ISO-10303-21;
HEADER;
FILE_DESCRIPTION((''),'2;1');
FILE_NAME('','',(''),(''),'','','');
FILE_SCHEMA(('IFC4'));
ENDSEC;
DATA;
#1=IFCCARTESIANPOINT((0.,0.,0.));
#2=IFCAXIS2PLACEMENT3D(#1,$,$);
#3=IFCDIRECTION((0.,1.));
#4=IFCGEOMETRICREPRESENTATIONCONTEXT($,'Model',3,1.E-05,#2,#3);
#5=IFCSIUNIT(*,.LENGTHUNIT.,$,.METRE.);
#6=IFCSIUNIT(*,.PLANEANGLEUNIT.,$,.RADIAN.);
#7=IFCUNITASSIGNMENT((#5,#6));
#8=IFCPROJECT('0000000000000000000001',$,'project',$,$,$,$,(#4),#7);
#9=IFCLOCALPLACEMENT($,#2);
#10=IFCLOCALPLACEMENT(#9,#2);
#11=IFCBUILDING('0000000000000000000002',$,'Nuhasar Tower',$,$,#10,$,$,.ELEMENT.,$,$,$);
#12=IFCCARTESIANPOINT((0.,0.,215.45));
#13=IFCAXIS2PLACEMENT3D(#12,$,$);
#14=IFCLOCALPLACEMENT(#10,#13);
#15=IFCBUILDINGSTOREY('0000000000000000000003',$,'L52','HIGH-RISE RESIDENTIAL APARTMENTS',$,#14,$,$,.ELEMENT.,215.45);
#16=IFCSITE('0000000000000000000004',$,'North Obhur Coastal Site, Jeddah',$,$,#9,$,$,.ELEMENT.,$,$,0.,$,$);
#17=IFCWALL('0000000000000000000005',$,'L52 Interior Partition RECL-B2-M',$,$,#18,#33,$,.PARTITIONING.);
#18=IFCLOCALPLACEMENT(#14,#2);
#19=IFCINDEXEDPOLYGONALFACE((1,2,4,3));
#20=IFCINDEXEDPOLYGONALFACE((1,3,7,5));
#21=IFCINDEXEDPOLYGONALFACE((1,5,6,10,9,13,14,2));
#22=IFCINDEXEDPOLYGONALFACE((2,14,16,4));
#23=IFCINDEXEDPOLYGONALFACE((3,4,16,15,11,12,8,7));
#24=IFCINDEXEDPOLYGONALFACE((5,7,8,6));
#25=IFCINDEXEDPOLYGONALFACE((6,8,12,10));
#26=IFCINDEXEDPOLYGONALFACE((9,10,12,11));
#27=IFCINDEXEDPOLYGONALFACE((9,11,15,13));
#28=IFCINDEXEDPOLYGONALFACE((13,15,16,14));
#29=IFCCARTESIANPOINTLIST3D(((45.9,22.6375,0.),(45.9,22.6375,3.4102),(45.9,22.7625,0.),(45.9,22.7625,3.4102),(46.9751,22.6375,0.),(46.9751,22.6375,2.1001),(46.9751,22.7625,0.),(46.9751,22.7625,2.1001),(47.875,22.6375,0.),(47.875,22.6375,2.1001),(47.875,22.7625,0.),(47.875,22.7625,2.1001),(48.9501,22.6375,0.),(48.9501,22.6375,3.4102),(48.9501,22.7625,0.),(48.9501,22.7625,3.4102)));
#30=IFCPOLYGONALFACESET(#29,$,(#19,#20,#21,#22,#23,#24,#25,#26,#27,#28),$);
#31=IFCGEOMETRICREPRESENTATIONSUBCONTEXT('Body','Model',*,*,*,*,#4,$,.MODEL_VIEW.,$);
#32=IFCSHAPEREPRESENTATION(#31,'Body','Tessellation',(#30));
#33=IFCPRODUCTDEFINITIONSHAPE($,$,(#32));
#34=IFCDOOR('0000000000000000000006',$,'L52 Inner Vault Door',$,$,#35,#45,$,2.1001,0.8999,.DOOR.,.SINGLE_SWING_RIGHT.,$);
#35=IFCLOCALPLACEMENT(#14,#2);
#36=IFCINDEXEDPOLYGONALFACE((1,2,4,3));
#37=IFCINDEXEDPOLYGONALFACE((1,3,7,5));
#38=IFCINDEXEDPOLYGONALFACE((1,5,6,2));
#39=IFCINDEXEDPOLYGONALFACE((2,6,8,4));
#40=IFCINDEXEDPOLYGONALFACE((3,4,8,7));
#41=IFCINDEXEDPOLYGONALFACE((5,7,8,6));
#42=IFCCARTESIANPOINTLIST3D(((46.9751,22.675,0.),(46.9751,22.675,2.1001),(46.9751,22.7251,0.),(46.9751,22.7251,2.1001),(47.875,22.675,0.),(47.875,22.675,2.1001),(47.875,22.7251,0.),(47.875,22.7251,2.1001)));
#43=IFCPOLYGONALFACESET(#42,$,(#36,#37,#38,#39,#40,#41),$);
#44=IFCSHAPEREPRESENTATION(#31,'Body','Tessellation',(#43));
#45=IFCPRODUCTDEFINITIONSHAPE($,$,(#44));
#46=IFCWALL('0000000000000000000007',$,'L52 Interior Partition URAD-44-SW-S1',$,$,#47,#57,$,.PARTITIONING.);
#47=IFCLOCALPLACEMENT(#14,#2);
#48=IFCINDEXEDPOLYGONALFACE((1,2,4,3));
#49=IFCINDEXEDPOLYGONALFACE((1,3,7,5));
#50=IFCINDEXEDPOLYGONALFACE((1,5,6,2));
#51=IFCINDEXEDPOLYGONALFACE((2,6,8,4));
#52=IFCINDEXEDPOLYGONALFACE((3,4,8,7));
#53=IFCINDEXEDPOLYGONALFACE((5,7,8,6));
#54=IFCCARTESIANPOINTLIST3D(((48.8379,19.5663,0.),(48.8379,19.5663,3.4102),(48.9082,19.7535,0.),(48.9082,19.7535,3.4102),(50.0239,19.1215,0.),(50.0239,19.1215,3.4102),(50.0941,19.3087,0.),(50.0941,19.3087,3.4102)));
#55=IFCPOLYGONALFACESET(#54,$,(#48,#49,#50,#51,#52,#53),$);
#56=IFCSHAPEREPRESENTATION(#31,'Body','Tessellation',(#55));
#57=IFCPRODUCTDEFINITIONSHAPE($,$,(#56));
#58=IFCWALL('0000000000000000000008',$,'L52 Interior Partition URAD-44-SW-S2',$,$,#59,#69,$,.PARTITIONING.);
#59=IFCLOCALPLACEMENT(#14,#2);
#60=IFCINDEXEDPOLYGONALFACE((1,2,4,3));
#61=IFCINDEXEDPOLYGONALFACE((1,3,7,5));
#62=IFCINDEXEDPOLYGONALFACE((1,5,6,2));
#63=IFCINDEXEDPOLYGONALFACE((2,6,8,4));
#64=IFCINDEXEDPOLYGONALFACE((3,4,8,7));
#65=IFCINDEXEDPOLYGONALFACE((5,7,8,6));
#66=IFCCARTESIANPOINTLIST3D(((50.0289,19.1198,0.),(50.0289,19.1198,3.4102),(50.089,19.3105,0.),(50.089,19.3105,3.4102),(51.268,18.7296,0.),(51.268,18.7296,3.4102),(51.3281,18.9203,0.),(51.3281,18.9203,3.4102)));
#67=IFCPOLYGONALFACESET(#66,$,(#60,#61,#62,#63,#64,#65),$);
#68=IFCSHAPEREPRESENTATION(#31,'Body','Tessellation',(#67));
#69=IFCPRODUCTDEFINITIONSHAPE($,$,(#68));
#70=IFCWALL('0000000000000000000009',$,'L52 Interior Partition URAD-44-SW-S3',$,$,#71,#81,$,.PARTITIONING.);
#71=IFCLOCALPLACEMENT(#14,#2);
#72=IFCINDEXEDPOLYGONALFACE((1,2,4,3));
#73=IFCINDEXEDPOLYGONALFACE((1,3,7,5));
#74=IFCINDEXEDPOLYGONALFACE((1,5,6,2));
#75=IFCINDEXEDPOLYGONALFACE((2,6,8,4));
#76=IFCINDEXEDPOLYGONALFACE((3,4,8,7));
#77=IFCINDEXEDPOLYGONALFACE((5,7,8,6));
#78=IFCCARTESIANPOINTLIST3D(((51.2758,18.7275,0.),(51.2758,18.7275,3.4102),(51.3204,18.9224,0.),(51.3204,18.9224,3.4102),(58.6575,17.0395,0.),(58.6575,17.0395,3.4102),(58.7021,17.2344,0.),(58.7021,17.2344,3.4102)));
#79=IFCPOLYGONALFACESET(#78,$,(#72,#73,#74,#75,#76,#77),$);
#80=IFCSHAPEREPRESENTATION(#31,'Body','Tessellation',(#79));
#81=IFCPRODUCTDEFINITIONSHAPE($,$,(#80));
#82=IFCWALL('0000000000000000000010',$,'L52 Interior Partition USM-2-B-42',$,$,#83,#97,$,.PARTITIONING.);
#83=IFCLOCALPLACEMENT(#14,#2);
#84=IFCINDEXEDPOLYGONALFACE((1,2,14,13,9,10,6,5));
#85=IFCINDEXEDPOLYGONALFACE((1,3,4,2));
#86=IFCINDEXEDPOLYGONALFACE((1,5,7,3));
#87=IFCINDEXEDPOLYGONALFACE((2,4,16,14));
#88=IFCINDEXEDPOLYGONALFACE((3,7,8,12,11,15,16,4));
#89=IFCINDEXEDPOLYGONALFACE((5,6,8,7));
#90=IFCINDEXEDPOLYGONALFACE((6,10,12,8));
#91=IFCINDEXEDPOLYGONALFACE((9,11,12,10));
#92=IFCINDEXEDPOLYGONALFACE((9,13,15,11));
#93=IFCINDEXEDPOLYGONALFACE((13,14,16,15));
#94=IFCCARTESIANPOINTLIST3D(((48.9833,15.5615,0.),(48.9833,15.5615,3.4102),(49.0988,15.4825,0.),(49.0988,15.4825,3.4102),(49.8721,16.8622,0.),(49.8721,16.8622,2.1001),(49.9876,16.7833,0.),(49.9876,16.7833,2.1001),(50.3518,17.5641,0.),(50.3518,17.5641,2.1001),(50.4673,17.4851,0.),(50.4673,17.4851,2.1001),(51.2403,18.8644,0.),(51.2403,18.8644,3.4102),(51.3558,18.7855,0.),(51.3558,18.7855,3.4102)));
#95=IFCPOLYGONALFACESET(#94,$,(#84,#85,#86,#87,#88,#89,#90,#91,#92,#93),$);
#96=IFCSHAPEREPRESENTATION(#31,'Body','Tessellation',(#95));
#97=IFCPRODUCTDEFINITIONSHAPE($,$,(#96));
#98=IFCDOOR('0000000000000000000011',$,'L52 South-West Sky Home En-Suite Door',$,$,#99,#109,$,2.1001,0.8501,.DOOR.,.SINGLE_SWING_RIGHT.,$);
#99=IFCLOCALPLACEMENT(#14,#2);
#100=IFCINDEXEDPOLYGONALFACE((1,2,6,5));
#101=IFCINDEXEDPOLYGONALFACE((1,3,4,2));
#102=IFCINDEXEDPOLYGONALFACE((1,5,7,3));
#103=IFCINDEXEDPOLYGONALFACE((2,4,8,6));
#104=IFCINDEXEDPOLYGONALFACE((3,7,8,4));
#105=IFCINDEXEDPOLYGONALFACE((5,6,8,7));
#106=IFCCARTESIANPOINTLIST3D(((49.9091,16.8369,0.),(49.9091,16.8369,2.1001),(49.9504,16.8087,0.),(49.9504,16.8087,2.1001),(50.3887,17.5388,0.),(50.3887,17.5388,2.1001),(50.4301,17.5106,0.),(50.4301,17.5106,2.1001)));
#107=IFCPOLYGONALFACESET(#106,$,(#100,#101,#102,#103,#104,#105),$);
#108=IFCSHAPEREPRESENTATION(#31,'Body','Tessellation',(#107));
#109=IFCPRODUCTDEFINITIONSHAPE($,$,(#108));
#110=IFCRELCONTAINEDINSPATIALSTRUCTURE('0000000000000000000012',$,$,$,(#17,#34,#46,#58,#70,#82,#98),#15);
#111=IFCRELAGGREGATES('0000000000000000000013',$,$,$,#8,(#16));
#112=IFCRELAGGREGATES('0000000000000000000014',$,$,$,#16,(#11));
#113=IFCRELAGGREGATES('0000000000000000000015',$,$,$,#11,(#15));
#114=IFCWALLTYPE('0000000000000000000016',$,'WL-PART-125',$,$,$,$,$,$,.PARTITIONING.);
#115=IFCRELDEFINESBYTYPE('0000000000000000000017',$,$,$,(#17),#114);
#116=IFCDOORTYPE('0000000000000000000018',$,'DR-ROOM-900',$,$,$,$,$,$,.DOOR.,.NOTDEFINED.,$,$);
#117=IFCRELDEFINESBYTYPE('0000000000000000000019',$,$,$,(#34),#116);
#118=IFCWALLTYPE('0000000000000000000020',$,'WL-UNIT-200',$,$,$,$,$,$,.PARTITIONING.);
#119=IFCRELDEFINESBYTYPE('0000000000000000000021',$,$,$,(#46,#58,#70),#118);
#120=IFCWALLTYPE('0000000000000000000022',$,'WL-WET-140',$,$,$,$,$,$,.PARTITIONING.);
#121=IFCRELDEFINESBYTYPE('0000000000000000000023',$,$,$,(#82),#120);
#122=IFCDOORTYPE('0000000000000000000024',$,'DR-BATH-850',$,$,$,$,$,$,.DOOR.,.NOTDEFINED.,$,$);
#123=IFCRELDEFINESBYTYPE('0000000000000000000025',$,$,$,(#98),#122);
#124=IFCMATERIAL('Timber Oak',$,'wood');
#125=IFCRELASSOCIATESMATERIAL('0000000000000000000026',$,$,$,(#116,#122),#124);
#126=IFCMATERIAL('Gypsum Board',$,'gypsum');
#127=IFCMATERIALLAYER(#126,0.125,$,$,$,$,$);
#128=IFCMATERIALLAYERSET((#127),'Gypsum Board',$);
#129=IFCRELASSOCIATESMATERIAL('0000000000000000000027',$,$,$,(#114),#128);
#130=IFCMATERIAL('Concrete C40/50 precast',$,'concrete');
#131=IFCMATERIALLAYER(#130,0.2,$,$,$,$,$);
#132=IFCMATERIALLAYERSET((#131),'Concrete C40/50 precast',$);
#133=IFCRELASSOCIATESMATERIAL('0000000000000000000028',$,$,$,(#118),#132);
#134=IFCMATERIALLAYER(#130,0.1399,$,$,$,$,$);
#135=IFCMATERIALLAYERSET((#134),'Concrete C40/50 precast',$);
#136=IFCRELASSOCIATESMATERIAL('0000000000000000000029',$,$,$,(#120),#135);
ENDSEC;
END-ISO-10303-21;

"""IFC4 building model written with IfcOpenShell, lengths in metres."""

from ifc_helpers import new_model, si_unit, direction, frame, frame_2d, origin, place, context, subcontext, project, spatial, rectangle, extrude, material, layer, layer_set, type_object, element, fill, save


model = new_model("IFC4")

# Units and contexts
model_context = context("Model", 3, precision=1e-05, world=origin(), true_north=direction((0.0, 1.0)))
body_context = subcontext(model_context, "Body", "Model", "MODEL_VIEW")
ifc_project = project(units=[si_unit("LENGTHUNIT", "METRE"), si_unit("PLANEANGLEUNIT", "RADIAN")], contexts=[model_context])

# Site, building, storey
site_placement = place(None, origin())
site = spatial("IfcSite", under=ifc_project, at=site_placement, Name="North Obhur Coastal Site, Jeddah", CompositionType="ELEMENT", RefElevation=0.0)
building_placement = place(site_placement, origin())
building = spatial("IfcBuilding", under=site, at=building_placement, Name="Nuhasar Tower", CompositionType="ELEMENT")
storey_placement = place(building_placement, frame((0.0, 0.0, 215.45)))
storey = spatial("IfcBuildingStorey", under=building, at=storey_placement, Name="L52", Description="HIGH-RISE RESIDENTIAL APARTMENTS", CompositionType="ELEMENT", Elevation=215.45)

# Shared definitions
ifc_material_1 = material(Name="Gypsum Board", Category="gypsum")

# Shared definitions
ifc_material_2 = material(Name="Timber Oak", Category="wood")
door_type_1 = type_object("IfcDoorType", Name="DR-ROOM-900", OperationType="NOTDEFINED", PredefinedType="DOOR", material=ifc_material_2)

# Wall, opening, door
ifc_layer_1 = layer(ifc_material_1, 0.125)
ifc_layer_set_1 = layer_set([ifc_layer_1], Name="Gypsum Board")
wall_type_1 = type_object("IfcWallType", Name="WL-PART-125", PredefinedType="PARTITIONING", material=ifc_layer_set_1)
wall_1_placement = place(storey_placement, frame((48.95, 22.7, 0.0), z_axis=(0.0, 0.0, 1.0), x_axis=(-1.0, 0.0, 0.0)))
wall_1 = element("IfcWall", 1, at=wall_1_placement, inside=storey, type_object=wall_type_1, Name="L52 Interior Partition RECL-B2-M", PredefinedType="PARTITIONING", context=body_context, shape_type="SweptSolid", body=[
    extrude(rectangle(XDim=3.05, YDim=0.125, at=frame_2d((1.5249, 0.0))), origin(), (0.0, 0.0, 1.0), 3.4102),
])
opening_1_placement = place(wall_1_placement, frame((1.075, 0.0, 0.0)))
opening_1 = element("IfcOpeningElement", 2, at=opening_1_placement, cuts=wall_1, PredefinedType="OPENING", context=body_context, shape_type="SweptSolid", body=[
    extrude(rectangle(XDim=0.8999, YDim=2.1001, at=frame_2d((0.45, 1.05))), frame((0.0, 0.0725, 0.0), z_axis=(0.0, -1.0, 0.0), x_axis=(1.0, 0.0, 0.0)), (0.0, 0.0, 1.0), 0.145),
])
door_1_placement = place(opening_1_placement, origin())
door_1 = element("IfcDoor", 3, at=door_1_placement, inside=storey, type_object=door_type_1, Name="L52 Inner Vault Door", OperationType="SINGLE_SWING_RIGHT", OverallHeight=2.1001, OverallWidth=0.8999, PredefinedType="DOOR", context=body_context, shape_type="SweptSolid", body=[
    extrude(rectangle(XDim=0.8999, YDim=2.1001, at=frame_2d((0.45, 1.05))), frame((0.0, 0.0249, 0.0), z_axis=(0.0, -1.0, 0.0), x_axis=(1.0, 0.0, 0.0)), (0.0, 0.0, 1.0), 0.05),
])
fill(opening_1, door_1)

# Walls
ifc_material_3 = material(Name="Concrete C40/50 precast", Category="concrete")
ifc_layer_2 = layer(ifc_material_3, 0.2)
ifc_layer_set_2 = layer_set([ifc_layer_2], Name="Concrete C40/50 precast")
wall_type_2 = type_object("IfcWallType", Name="WL-UNIT-200", PredefinedType="PARTITIONING", material=ifc_layer_set_2)
wall_2_placement = place(storey_placement, frame((48.873, 19.6599, 0.0), z_axis=(0.0, 0.0, 1.0), x_axis=(0.936313, -0.351166, 0.0)))
element("IfcWall", 4, at=wall_2_placement, inside=storey, type_object=wall_type_2, Name="L52 Interior Partition URAD-44-SW-S1", PredefinedType="PARTITIONING", context=body_context, shape_type="SweptSolid", body=[
    extrude(rectangle(XDim=1.2666, YDim=0.2, at=frame_2d((0.6333, 0.0))), origin(), (0.0, 0.0, 1.0), 3.4102),
])
wall_3_placement = place(storey_placement, frame((50.0591, 19.2151, 0.0), z_axis=(0.0, 0.0, 1.0), x_axis=(0.953832, -0.30034, 0.0)))
element("IfcWall", 5, at=wall_3_placement, inside=storey, type_object=wall_type_2, Name="L52 Interior Partition URAD-44-SW-S2", PredefinedType="PARTITIONING", context=body_context, shape_type="SweptSolid", body=[
    extrude(rectangle(XDim=1.2991, YDim=0.2, at=frame_2d((0.6494, 0.0))), origin(), (0.0, 0.0, 1.0), 3.4102),
])
wall_4_placement = place(storey_placement, frame((51.2981, 18.825, 0.0), z_axis=(0.0, 0.0, 1.0), x_axis=(0.974838, -0.222914, 0.0)))
element("IfcWall", 6, at=wall_4_placement, inside=storey, type_object=wall_type_2, Name="L52 Interior Partition URAD-44-SW-S3", PredefinedType="PARTITIONING", context=body_context, shape_type="SweptSolid", body=[
    extrude(rectangle(XDim=7.5723, YDim=0.2, at=frame_2d((3.7861, 0.0))), origin(), (0.0, 0.0, 1.0), 3.4102),
])

# Wall, opening, door
ifc_layer_3 = layer(ifc_material_3, 0.1399)
ifc_layer_set_3 = layer_set([ifc_layer_3], Name="Concrete C40/50 precast")
wall_type_3 = type_object("IfcWallType", Name="WL-WET-140", PredefinedType="PARTITIONING", material=ifc_layer_set_3)
wall_5_placement = place(storey_placement, frame((51.2981, 18.825, 0.0), z_axis=(0.0, 0.0, 1.0), x_axis=(-0.564198, -0.825639, 0.0)))
wall_5 = element("IfcWall", 7, at=wall_5_placement, inside=storey, type_object=wall_type_3, Name="L52 Interior Partition USM-2-B-42", PredefinedType="PARTITIONING", context=body_context, shape_type="SweptSolid", body=[
    extrude(rectangle(XDim=4.0005, YDim=0.1399, at=frame_2d((2.0002, 0.0))), origin(), (0.0, 0.0, 1.0), 3.4102),
])
opening_2_placement = place(wall_5_placement, frame((1.575, 0.0, 0.0)))
opening_2 = element("IfcOpeningElement", 8, at=opening_2_placement, cuts=wall_5, PredefinedType="OPENING", context=body_context, shape_type="SweptSolid", body=[
    extrude(rectangle(XDim=0.8501, YDim=2.1001, at=frame_2d((0.425, 1.05))), frame((0.0, 0.0801, 0.0), z_axis=(0.0, -1.0, 0.0), x_axis=(1.0, 0.0, 0.0)), (0.0, 0.0, 1.0), 0.1599),
])
door_type_2 = type_object("IfcDoorType", Name="DR-BATH-850", OperationType="NOTDEFINED", PredefinedType="DOOR", material=ifc_material_2)
door_2_placement = place(opening_2_placement, origin())
door_2 = element("IfcDoor", 9, at=door_2_placement, inside=storey, type_object=door_type_2, Name="L52 South-West Sky Home En-Suite Door", OperationType="SINGLE_SWING_RIGHT", OverallHeight=2.1001, OverallWidth=0.8501, PredefinedType="DOOR", context=body_context, shape_type="SweptSolid", body=[
    extrude(rectangle(XDim=0.8501, YDim=2.1001, at=frame_2d((0.425, 1.05))), frame((0.0, 0.0249, 0.0), z_axis=(0.0, -1.0, 0.0), x_axis=(1.0, 0.0, 0.0)), (0.0, 0.0, 1.0), 0.05),
])
fill(opening_2, door_2)

save(model, "model.ifc")
